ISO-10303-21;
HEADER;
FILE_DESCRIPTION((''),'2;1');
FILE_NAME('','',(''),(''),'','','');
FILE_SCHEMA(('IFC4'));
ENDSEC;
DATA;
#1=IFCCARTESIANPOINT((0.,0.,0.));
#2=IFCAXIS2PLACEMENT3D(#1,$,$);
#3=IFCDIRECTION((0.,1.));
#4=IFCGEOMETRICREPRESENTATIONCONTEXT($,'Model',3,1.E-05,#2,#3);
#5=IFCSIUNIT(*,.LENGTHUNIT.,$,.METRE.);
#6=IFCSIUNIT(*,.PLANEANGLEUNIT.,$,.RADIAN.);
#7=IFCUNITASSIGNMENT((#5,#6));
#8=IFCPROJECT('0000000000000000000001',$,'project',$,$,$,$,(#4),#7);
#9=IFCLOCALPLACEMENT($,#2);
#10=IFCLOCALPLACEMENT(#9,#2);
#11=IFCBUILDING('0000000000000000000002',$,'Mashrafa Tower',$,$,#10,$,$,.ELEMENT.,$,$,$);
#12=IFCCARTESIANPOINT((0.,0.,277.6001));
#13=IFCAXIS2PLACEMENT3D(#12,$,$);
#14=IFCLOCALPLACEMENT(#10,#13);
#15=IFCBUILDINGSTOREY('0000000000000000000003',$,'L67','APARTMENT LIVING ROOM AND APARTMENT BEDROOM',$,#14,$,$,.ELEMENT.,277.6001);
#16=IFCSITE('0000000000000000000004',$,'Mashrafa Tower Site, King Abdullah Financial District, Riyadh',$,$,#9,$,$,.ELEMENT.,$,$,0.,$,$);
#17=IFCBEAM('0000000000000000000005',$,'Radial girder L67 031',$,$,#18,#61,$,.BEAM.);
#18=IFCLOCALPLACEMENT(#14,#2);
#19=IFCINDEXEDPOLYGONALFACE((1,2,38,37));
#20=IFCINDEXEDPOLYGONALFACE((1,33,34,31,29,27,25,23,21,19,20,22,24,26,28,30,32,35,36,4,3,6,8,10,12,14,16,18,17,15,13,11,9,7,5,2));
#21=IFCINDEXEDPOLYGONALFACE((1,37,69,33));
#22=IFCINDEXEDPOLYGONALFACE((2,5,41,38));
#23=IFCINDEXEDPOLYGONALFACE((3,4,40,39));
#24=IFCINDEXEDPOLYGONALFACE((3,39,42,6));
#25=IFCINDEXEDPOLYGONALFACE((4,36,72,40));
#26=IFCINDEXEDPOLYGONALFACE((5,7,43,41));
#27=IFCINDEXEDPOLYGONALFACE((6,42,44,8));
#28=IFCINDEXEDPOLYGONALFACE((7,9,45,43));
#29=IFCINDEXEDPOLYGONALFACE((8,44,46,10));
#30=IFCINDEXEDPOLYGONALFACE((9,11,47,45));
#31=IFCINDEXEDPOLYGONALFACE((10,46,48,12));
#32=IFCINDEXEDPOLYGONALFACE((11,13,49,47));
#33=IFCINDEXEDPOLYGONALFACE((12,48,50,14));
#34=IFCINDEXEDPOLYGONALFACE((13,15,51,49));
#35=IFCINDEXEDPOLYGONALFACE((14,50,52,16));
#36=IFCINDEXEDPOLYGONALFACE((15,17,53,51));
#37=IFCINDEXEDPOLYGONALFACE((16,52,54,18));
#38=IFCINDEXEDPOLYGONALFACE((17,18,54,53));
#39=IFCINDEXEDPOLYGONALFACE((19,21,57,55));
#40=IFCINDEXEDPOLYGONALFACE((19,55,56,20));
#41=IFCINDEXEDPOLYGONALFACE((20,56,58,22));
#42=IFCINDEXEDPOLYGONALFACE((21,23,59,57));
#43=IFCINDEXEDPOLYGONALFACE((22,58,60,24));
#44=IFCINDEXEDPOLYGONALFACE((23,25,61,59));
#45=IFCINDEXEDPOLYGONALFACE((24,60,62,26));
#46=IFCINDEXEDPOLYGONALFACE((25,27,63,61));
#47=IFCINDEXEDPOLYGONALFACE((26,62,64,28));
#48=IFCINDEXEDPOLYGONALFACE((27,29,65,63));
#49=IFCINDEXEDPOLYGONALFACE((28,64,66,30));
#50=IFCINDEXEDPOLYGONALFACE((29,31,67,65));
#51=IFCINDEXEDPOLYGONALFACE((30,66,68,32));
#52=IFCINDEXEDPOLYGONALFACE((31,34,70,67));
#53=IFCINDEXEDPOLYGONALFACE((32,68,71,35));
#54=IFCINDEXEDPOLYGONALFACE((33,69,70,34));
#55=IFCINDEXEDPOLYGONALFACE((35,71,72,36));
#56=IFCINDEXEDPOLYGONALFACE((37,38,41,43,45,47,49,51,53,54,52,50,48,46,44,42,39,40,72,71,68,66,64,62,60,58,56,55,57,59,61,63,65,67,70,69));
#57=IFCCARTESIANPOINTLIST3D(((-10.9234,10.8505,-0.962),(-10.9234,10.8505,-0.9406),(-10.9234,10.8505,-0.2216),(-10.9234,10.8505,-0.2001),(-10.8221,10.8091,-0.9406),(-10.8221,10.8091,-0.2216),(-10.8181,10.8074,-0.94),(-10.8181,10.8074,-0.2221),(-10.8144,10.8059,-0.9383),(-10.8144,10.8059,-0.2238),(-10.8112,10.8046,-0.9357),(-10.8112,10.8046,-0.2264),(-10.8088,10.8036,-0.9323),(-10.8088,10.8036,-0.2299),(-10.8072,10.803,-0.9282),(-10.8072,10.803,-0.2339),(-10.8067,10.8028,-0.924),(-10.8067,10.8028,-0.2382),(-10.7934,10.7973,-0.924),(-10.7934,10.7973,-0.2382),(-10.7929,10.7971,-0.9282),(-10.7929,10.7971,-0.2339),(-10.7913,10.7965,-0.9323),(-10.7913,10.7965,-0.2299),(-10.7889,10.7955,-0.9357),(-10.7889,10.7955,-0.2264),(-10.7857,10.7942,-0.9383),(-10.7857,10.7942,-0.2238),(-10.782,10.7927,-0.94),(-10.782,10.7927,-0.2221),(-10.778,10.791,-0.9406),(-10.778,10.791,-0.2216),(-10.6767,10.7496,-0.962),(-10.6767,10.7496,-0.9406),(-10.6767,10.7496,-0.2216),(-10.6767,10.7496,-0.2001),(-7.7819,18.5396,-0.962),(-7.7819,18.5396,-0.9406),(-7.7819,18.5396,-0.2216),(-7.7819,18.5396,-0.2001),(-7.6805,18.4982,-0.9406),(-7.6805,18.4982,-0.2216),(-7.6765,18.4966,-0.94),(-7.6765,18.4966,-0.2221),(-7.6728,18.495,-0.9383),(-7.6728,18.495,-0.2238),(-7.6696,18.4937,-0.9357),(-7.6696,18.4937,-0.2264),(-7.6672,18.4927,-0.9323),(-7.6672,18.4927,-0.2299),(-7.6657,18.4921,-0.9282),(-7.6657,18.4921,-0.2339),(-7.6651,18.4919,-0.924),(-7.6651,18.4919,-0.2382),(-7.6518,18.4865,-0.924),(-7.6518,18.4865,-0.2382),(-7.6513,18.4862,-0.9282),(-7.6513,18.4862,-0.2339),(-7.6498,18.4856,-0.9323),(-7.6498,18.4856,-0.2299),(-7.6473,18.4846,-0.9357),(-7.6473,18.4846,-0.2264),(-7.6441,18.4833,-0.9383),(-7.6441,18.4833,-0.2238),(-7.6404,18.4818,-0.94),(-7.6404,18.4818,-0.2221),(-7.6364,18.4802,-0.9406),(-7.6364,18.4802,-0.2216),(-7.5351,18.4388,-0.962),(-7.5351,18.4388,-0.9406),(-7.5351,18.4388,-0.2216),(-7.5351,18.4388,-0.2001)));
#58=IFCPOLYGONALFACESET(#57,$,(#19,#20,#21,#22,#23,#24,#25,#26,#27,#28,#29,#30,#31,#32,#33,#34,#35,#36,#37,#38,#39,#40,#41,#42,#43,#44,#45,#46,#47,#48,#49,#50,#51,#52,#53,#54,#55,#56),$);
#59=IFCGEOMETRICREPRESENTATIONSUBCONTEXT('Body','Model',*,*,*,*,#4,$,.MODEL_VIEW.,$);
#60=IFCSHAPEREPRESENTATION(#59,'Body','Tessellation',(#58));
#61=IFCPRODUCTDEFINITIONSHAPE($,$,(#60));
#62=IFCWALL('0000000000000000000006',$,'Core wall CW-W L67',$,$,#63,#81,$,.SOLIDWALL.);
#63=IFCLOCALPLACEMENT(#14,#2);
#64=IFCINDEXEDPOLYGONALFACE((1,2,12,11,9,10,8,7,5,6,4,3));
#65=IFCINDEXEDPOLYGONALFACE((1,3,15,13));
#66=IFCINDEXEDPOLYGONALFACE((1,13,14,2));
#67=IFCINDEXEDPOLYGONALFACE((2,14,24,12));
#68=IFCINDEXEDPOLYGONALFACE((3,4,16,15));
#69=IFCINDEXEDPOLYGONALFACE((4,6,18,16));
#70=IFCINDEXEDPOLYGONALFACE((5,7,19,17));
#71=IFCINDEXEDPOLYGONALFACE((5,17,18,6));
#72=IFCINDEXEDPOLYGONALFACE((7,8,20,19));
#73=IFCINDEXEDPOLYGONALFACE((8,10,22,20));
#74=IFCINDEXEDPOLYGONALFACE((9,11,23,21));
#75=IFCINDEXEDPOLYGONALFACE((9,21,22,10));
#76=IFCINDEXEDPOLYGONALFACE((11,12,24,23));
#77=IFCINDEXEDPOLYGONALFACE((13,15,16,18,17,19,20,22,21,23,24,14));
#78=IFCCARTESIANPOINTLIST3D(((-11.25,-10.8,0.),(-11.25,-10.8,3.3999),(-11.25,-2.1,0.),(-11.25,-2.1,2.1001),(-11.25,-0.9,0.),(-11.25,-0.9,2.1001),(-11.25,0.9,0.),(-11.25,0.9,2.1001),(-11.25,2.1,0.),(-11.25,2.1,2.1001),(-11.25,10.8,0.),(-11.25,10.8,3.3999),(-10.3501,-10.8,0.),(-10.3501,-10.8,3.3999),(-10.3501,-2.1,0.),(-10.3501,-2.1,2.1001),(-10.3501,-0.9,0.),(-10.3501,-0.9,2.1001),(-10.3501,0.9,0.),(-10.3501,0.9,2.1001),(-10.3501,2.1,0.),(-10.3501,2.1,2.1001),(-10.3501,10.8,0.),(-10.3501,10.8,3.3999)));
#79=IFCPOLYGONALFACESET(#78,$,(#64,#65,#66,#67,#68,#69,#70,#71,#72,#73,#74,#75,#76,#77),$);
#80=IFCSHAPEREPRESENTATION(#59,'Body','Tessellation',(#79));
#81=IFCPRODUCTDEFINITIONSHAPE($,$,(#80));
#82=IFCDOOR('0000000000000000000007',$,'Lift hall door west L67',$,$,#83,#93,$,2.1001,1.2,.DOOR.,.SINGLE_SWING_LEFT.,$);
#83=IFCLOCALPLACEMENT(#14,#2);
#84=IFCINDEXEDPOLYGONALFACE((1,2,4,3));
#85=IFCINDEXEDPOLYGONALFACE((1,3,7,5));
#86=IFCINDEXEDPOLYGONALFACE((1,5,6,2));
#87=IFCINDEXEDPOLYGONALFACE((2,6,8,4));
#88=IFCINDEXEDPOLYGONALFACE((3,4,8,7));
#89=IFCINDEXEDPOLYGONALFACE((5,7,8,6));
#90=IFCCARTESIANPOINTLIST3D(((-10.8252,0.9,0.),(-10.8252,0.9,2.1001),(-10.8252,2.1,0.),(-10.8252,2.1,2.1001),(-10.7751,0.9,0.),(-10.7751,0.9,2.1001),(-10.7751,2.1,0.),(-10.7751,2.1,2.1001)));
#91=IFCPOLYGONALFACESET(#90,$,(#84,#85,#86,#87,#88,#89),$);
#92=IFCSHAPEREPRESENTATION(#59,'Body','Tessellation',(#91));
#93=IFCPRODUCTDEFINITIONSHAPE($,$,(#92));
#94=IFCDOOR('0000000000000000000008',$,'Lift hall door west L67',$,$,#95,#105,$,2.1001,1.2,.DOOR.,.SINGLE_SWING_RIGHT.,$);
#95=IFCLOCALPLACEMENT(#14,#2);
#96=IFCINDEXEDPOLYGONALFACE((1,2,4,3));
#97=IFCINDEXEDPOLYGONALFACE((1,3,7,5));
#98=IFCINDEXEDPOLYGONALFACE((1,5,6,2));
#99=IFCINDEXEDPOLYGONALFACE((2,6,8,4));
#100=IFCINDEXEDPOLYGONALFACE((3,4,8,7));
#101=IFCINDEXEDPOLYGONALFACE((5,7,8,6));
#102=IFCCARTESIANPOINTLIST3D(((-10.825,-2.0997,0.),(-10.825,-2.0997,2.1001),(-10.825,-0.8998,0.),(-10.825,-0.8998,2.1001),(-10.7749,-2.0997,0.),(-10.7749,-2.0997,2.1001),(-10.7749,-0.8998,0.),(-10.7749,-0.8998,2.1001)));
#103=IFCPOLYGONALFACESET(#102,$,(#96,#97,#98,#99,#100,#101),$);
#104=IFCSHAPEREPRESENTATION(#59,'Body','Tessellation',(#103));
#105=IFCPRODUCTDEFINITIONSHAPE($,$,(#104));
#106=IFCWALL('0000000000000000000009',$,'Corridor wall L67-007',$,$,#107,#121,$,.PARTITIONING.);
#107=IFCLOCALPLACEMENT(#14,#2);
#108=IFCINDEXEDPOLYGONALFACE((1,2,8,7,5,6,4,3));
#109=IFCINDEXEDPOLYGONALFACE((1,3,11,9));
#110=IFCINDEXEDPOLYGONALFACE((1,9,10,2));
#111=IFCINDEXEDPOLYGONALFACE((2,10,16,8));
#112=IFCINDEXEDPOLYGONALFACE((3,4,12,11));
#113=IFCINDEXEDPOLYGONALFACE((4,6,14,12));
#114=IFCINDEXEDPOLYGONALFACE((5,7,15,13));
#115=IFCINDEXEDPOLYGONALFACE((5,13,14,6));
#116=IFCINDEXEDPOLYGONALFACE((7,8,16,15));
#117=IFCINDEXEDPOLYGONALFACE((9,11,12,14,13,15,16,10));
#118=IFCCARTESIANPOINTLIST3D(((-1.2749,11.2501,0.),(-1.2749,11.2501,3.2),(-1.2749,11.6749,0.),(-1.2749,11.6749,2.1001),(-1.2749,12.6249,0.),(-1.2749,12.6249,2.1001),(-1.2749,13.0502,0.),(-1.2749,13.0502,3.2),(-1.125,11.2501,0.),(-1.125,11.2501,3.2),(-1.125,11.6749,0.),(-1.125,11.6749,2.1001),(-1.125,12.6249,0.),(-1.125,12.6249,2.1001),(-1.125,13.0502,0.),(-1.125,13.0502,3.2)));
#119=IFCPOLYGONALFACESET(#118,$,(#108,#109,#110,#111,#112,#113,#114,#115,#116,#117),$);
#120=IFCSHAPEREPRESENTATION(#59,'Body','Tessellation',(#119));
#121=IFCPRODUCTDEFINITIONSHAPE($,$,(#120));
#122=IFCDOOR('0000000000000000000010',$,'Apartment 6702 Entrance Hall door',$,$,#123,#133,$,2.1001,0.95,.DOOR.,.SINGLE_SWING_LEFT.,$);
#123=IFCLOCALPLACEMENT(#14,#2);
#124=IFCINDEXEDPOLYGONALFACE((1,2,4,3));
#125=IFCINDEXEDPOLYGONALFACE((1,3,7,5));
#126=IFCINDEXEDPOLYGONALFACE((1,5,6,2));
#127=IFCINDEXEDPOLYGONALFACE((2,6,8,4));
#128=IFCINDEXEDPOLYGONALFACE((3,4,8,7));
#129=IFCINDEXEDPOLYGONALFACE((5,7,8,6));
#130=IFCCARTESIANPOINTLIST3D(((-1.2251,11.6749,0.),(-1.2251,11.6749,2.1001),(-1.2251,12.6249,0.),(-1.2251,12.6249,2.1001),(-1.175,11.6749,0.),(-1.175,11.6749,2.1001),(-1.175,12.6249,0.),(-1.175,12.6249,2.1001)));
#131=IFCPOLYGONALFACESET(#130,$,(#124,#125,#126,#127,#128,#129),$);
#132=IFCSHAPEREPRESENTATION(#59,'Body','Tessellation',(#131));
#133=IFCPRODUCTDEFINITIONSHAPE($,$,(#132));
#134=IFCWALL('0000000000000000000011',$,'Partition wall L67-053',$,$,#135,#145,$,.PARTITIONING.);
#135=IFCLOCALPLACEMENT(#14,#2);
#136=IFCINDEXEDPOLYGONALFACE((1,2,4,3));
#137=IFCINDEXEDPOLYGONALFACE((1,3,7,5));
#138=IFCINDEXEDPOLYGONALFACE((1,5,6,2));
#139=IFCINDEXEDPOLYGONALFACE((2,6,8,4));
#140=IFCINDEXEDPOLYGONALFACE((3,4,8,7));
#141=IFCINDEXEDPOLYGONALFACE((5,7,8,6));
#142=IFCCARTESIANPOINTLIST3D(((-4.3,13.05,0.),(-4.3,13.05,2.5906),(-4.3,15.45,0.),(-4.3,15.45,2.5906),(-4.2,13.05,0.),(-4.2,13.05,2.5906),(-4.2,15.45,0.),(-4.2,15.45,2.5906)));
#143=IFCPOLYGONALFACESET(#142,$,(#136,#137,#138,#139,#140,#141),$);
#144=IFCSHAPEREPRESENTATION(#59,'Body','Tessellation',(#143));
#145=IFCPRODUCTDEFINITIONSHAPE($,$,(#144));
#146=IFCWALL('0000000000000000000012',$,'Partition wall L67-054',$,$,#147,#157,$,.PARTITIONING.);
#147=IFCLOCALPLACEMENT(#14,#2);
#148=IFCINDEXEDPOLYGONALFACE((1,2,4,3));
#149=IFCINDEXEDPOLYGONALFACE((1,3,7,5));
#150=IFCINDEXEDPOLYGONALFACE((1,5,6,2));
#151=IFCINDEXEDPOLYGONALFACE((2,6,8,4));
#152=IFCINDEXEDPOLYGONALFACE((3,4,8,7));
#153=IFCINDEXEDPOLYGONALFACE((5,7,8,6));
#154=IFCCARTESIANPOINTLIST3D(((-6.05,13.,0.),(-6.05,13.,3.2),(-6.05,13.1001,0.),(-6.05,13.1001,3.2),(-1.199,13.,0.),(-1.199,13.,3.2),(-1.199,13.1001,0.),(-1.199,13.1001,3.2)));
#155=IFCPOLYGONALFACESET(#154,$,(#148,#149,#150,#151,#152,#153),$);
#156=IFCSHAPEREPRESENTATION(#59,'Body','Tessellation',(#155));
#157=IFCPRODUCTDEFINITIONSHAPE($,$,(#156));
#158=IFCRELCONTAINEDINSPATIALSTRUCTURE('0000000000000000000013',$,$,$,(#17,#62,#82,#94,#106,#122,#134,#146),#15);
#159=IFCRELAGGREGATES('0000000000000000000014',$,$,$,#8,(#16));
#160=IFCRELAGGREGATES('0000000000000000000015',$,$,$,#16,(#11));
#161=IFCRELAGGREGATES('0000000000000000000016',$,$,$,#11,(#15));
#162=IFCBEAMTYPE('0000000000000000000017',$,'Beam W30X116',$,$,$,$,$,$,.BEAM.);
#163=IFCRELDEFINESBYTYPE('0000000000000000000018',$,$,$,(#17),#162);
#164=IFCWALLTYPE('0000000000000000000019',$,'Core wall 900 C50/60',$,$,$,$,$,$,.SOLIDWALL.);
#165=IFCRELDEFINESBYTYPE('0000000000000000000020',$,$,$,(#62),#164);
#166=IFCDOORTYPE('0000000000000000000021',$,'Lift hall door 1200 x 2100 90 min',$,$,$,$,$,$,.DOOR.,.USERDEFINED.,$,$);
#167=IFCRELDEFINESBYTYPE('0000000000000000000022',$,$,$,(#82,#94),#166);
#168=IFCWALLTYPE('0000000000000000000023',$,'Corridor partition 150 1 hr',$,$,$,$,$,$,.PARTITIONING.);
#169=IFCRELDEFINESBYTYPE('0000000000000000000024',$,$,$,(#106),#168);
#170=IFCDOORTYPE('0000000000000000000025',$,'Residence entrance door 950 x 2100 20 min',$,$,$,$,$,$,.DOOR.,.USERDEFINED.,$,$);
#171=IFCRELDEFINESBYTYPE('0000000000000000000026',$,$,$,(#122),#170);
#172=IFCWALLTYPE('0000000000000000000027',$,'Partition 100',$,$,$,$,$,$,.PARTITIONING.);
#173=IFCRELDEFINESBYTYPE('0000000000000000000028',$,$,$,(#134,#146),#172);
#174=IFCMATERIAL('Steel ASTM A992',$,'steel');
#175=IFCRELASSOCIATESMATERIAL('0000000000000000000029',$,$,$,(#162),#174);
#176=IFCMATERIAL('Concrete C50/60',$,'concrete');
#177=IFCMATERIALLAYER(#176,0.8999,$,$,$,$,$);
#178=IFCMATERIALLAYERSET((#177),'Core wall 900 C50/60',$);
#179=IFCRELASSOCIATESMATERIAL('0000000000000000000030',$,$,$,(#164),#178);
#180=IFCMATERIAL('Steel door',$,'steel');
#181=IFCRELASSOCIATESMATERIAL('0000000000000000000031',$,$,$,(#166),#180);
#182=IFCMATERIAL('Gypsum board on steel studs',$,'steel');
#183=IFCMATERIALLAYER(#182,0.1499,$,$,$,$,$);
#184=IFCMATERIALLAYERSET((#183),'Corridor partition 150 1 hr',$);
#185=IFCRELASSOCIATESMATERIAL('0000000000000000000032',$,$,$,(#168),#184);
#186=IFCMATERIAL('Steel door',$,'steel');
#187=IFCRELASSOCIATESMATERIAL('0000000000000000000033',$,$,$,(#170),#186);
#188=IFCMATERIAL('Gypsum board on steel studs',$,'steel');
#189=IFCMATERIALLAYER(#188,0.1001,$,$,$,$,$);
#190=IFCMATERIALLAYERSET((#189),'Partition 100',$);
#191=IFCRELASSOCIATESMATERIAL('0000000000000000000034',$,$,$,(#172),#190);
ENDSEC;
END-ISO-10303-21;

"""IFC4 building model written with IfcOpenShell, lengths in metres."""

from ifc_helpers import new_model, si_unit, direction, frame, frame_2d, origin, origin_2d, place, context, subcontext, project, spatial, rectangle, i_section, extrude, material, layer, layer_set, material_profile, profile_set, type_object, element, fill, save


model = new_model("IFC4")

# Units and contexts
model_context = context("Model", 3, precision=1e-05, world=origin(), true_north=direction((0.0, 1.0)))
body_context = subcontext(model_context, "Body", "Model", "MODEL_VIEW")
ifc_project = project(units=[si_unit("LENGTHUNIT", "METRE"), si_unit("PLANEANGLEUNIT", "RADIAN")], contexts=[model_context])

# Site, building, storey
site_placement = place(None, origin())
site = spatial("IfcSite", under=ifc_project, at=site_placement, Name="Mashrafa Tower Site, King Abdullah Financial District, Riyadh", CompositionType="ELEMENT", RefElevation=0.0)
building_placement = place(site_placement, origin())
building = spatial("IfcBuilding", under=site, at=building_placement, Name="Mashrafa Tower", CompositionType="ELEMENT")
storey_placement = place(building_placement, frame((0.0, 0.0, 277.6001)))
storey = spatial("IfcBuildingStorey", under=building, at=storey_placement, Name="L67", Description="APARTMENT LIVING ROOM AND APARTMENT BEDROOM", CompositionType="ELEMENT", Elevation=277.6001)

# Beam
ifc_material_1 = material(Name="Steel ASTM A992", Category="steel")
ifc_material_profile_1 = material_profile(ifc_material_1, i_section(OverallWidth=0.2666, OverallDepth=0.762, WebThickness=0.0144, FlangeThickness=0.0215, FilletRadius=0.0166, at=origin_2d()), Name="W30X116")
ifc_profile_set_1 = profile_set([ifc_material_profile_1], Name="Steel ASTM A992")
beam_type_1 = type_object("IfcBeamType", Name="Beam W30X116", PredefinedType="BEAM", material=ifc_profile_set_1)
for number, where, z_axis, x_axis, name in (
    (1, (-10.8, 10.8, -0.5811), (0.378222, 0.925715, 0.0), (-0.925715, 0.378222, 0.0), "Radial girder L67 031"),
):
    element("IfcBeam", number, at=place(storey_placement, frame(where, z_axis=z_axis, x_axis=x_axis)), inside=storey, type_object=beam_type_1, Name=name, PredefinedType="BEAM", context=body_context, shape_type="SweptSolid", body=[
        extrude(i_section(OverallWidth=0.2666, OverallDepth=0.762, WebThickness=0.0144, FlangeThickness=0.0215, FilletRadius=0.0166, at=origin_2d()), origin(), (0.0, 0.0, 1.0), 8.3062),
    ])

# Wall, openings, doors
ifc_material_2 = material(Name="Concrete C50/60", Category="concrete")
ifc_layer_1 = layer(ifc_material_2, 0.8999)
ifc_layer_set_1 = layer_set([ifc_layer_1], Name="Core wall 900 C50/60")
wall_type_1 = type_object("IfcWallType", Name="Core wall 900 C50/60", PredefinedType="SOLIDWALL", material=ifc_layer_set_1)
wall_1_placement = place(storey_placement, frame((-10.8, 10.8, 0.0), z_axis=(0.0, 0.0, 1.0), x_axis=(0.0, -1.0, 0.0)))
wall_1 = element("IfcWall", 2, at=wall_1_placement, inside=storey, type_object=wall_type_1, Name="Core wall CW-W L67", PredefinedType="SOLIDWALL", context=body_context, shape_type="SweptSolid", body=[
    extrude(rectangle(XDim=21.6001, YDim=0.8999, at=frame_2d((10.8, 0.0))), origin(), (0.0, 0.0, 1.0), 3.3999),
])
opening_1_placement = place(wall_1_placement, frame((8.7, 0.0, 0.0)))
opening_1 = element("IfcOpeningElement", 3, at=opening_1_placement, cuts=wall_1, PredefinedType="OPENING", context=body_context, shape_type="SweptSolid", body=[
    extrude(rectangle(XDim=1.2, YDim=2.1001, at=frame_2d((0.6001, 1.05))), frame((0.0, 0.46, 0.0), z_axis=(0.0, -1.0, 0.0), x_axis=(1.0, 0.0, 0.0)), (0.0, 0.0, 1.0), 0.9199),
])
opening_2_placement = place(wall_1_placement, frame((11.7, 0.0, 0.0)))
opening_2 = element("IfcOpeningElement", 4, at=opening_2_placement, cuts=wall_1, PredefinedType="OPENING", context=body_context, shape_type="SweptSolid", body=[
    extrude(rectangle(XDim=1.2, YDim=2.1001, at=frame_2d((0.6001, 1.05))), frame((0.0, 0.46, 0.0), z_axis=(0.0, -1.0, 0.0), x_axis=(1.0, 0.0, 0.0)), (0.0, 0.0, 1.0), 0.9199),
])
ifc_material_3 = material(Name="Steel door", Category="steel")
door_type_1 = type_object("IfcDoorType", Name="Lift hall door 1200 x 2100 90 min", OperationType="USERDEFINED", PredefinedType="DOOR", material=ifc_material_3)
door_1_placement = place(opening_1_placement, origin())
door_1 = element("IfcDoor", 5, at=door_1_placement, inside=storey, type_object=door_type_1, Name="Lift hall door west L67", OperationType="SINGLE_SWING_LEFT", OverallHeight=2.1001, OverallWidth=1.2, PredefinedType="DOOR", context=body_context, shape_type="SweptSolid", body=[
    extrude(rectangle(XDim=1.2, YDim=2.1001, at=frame_2d((0.6001, 1.05))), frame((0.0, 0.0249, 0.0), z_axis=(0.0, -1.0, 0.0), x_axis=(1.0, 0.0, 0.0)), (0.0, 0.0, 1.0), 0.05),
])
fill(opening_1, door_1)
door_2_placement = place(opening_2_placement, frame((1.2, 0.0, 0.0), z_axis=(0.0, 0.0, 1.0), x_axis=(-1.0, 0.0, 0.0)))
door_2 = element("IfcDoor", 6, at=door_2_placement, inside=storey, type_object=door_type_1, Name="Lift hall door west L67", OperationType="SINGLE_SWING_RIGHT", OverallHeight=2.1001, OverallWidth=1.2, PredefinedType="DOOR", context=body_context, shape_type="SweptSolid", body=[
    extrude(rectangle(XDim=1.2, YDim=2.1001, at=frame_2d((0.6001, 1.05))), frame((0.0, 0.0249, 0.0), z_axis=(0.0, -1.0, 0.0), x_axis=(1.0, 0.0, 0.0)), (0.0, 0.0, 1.0), 0.05),
])
fill(opening_2, door_2)

# Wall, opening, door
ifc_material_4 = material(Name="Gypsum board on steel studs", Category="steel")
ifc_layer_2 = layer(ifc_material_4, 0.1499)
ifc_layer_set_2 = layer_set([ifc_layer_2], Name="Corridor partition 150 1 hr")
wall_type_2 = type_object("IfcWallType", Name="Corridor partition 150 1 hr", PredefinedType="PARTITIONING", material=ifc_layer_set_2)
wall_2_placement = place(storey_placement, frame((-1.2, 13.05, 0.0), z_axis=(0.0, 0.0, 1.0), x_axis=(0.0, -1.0, 0.0)))
wall_2 = element("IfcWall", 7, at=wall_2_placement, inside=storey, type_object=wall_type_2, Name="Corridor wall L67-007", PredefinedType="PARTITIONING", context=body_context, shape_type="SweptSolid", body=[
    extrude(rectangle(XDim=1.8, YDim=0.1499, at=frame_2d((0.8999, 0.0))), origin(), (0.0, 0.0, 1.0), 3.2),
])
opening_3_placement = place(wall_2_placement, frame((0.425, 0.0, 0.0)))
opening_3 = element("IfcOpeningElement", 8, at=opening_3_placement, cuts=wall_2, PredefinedType="OPENING", context=body_context, shape_type="SweptSolid", body=[
    extrude(rectangle(XDim=0.95, YDim=2.1001, at=frame_2d((0.4751, 1.05))), frame((0.0, 0.085, 0.0), z_axis=(0.0, -1.0, 0.0), x_axis=(1.0, 0.0, 0.0)), (0.0, 0.0, 1.0), 0.1699),
])
ifc_material_5 = material(Name="Steel door", Category="steel")
door_type_2 = type_object("IfcDoorType", Name="Residence entrance door 950 x 2100 20 min", OperationType="USERDEFINED", PredefinedType="DOOR", material=ifc_material_5)
door_3_placement = place(opening_3_placement, origin())
door_3 = element("IfcDoor", 9, at=door_3_placement, inside=storey, type_object=door_type_2, Name="Apartment 6702 Entrance Hall door", OperationType="SINGLE_SWING_LEFT", OverallHeight=2.1001, OverallWidth=0.95, PredefinedType="DOOR", context=body_context, shape_type="SweptSolid", body=[
    extrude(rectangle(XDim=0.95, YDim=2.1001, at=frame_2d((0.4751, 1.05))), frame((0.0, 0.0249, 0.0), z_axis=(0.0, -1.0, 0.0), x_axis=(1.0, 0.0, 0.0)), (0.0, 0.0, 1.0), 0.05),
])
fill(opening_3, door_3)

# Walls
ifc_material_6 = material(Name="Gypsum board on steel studs", Category="steel")
ifc_layer_3 = layer(ifc_material_6, 0.1001)
ifc_layer_set_3 = layer_set([ifc_layer_3], Name="Partition 100")
wall_type_3 = type_object("IfcWallType", Name="Partition 100", PredefinedType="PARTITIONING", material=ifc_layer_set_3)
wall_3_placement = place(storey_placement, frame((-4.25, 13.05, 0.0), z_axis=(0.0, 0.0, 1.0), x_axis=(0.0, 1.0, 0.0)))
element("IfcWall", 10, at=wall_3_placement, inside=storey, type_object=wall_type_3, Name="Partition wall L67-053", PredefinedType="PARTITIONING", context=body_context, shape_type="SweptSolid", body=[
    extrude(rectangle(XDim=2.3999, YDim=0.1001, at=frame_2d((1.2, 0.0))), origin(), (0.0, 0.0, 1.0), 2.5906),
])
wall_4_placement = place(storey_placement, frame((-6.05, 13.05, 0.0), z_axis=(0.0, 0.0, 1.0), x_axis=(1.0, 0.0, 0.0)))
element("IfcWall", 11, at=wall_4_placement, inside=storey, type_object=wall_type_3, Name="Partition wall L67-054", PredefinedType="PARTITIONING", context=body_context, shape_type="SweptSolid", body=[
    extrude(rectangle(XDim=4.8511, YDim=0.1001, at=frame_2d((2.4255, 0.0))), origin(), (0.0, 0.0, 1.0), 3.2),
])

save(model, "model.ifc")
